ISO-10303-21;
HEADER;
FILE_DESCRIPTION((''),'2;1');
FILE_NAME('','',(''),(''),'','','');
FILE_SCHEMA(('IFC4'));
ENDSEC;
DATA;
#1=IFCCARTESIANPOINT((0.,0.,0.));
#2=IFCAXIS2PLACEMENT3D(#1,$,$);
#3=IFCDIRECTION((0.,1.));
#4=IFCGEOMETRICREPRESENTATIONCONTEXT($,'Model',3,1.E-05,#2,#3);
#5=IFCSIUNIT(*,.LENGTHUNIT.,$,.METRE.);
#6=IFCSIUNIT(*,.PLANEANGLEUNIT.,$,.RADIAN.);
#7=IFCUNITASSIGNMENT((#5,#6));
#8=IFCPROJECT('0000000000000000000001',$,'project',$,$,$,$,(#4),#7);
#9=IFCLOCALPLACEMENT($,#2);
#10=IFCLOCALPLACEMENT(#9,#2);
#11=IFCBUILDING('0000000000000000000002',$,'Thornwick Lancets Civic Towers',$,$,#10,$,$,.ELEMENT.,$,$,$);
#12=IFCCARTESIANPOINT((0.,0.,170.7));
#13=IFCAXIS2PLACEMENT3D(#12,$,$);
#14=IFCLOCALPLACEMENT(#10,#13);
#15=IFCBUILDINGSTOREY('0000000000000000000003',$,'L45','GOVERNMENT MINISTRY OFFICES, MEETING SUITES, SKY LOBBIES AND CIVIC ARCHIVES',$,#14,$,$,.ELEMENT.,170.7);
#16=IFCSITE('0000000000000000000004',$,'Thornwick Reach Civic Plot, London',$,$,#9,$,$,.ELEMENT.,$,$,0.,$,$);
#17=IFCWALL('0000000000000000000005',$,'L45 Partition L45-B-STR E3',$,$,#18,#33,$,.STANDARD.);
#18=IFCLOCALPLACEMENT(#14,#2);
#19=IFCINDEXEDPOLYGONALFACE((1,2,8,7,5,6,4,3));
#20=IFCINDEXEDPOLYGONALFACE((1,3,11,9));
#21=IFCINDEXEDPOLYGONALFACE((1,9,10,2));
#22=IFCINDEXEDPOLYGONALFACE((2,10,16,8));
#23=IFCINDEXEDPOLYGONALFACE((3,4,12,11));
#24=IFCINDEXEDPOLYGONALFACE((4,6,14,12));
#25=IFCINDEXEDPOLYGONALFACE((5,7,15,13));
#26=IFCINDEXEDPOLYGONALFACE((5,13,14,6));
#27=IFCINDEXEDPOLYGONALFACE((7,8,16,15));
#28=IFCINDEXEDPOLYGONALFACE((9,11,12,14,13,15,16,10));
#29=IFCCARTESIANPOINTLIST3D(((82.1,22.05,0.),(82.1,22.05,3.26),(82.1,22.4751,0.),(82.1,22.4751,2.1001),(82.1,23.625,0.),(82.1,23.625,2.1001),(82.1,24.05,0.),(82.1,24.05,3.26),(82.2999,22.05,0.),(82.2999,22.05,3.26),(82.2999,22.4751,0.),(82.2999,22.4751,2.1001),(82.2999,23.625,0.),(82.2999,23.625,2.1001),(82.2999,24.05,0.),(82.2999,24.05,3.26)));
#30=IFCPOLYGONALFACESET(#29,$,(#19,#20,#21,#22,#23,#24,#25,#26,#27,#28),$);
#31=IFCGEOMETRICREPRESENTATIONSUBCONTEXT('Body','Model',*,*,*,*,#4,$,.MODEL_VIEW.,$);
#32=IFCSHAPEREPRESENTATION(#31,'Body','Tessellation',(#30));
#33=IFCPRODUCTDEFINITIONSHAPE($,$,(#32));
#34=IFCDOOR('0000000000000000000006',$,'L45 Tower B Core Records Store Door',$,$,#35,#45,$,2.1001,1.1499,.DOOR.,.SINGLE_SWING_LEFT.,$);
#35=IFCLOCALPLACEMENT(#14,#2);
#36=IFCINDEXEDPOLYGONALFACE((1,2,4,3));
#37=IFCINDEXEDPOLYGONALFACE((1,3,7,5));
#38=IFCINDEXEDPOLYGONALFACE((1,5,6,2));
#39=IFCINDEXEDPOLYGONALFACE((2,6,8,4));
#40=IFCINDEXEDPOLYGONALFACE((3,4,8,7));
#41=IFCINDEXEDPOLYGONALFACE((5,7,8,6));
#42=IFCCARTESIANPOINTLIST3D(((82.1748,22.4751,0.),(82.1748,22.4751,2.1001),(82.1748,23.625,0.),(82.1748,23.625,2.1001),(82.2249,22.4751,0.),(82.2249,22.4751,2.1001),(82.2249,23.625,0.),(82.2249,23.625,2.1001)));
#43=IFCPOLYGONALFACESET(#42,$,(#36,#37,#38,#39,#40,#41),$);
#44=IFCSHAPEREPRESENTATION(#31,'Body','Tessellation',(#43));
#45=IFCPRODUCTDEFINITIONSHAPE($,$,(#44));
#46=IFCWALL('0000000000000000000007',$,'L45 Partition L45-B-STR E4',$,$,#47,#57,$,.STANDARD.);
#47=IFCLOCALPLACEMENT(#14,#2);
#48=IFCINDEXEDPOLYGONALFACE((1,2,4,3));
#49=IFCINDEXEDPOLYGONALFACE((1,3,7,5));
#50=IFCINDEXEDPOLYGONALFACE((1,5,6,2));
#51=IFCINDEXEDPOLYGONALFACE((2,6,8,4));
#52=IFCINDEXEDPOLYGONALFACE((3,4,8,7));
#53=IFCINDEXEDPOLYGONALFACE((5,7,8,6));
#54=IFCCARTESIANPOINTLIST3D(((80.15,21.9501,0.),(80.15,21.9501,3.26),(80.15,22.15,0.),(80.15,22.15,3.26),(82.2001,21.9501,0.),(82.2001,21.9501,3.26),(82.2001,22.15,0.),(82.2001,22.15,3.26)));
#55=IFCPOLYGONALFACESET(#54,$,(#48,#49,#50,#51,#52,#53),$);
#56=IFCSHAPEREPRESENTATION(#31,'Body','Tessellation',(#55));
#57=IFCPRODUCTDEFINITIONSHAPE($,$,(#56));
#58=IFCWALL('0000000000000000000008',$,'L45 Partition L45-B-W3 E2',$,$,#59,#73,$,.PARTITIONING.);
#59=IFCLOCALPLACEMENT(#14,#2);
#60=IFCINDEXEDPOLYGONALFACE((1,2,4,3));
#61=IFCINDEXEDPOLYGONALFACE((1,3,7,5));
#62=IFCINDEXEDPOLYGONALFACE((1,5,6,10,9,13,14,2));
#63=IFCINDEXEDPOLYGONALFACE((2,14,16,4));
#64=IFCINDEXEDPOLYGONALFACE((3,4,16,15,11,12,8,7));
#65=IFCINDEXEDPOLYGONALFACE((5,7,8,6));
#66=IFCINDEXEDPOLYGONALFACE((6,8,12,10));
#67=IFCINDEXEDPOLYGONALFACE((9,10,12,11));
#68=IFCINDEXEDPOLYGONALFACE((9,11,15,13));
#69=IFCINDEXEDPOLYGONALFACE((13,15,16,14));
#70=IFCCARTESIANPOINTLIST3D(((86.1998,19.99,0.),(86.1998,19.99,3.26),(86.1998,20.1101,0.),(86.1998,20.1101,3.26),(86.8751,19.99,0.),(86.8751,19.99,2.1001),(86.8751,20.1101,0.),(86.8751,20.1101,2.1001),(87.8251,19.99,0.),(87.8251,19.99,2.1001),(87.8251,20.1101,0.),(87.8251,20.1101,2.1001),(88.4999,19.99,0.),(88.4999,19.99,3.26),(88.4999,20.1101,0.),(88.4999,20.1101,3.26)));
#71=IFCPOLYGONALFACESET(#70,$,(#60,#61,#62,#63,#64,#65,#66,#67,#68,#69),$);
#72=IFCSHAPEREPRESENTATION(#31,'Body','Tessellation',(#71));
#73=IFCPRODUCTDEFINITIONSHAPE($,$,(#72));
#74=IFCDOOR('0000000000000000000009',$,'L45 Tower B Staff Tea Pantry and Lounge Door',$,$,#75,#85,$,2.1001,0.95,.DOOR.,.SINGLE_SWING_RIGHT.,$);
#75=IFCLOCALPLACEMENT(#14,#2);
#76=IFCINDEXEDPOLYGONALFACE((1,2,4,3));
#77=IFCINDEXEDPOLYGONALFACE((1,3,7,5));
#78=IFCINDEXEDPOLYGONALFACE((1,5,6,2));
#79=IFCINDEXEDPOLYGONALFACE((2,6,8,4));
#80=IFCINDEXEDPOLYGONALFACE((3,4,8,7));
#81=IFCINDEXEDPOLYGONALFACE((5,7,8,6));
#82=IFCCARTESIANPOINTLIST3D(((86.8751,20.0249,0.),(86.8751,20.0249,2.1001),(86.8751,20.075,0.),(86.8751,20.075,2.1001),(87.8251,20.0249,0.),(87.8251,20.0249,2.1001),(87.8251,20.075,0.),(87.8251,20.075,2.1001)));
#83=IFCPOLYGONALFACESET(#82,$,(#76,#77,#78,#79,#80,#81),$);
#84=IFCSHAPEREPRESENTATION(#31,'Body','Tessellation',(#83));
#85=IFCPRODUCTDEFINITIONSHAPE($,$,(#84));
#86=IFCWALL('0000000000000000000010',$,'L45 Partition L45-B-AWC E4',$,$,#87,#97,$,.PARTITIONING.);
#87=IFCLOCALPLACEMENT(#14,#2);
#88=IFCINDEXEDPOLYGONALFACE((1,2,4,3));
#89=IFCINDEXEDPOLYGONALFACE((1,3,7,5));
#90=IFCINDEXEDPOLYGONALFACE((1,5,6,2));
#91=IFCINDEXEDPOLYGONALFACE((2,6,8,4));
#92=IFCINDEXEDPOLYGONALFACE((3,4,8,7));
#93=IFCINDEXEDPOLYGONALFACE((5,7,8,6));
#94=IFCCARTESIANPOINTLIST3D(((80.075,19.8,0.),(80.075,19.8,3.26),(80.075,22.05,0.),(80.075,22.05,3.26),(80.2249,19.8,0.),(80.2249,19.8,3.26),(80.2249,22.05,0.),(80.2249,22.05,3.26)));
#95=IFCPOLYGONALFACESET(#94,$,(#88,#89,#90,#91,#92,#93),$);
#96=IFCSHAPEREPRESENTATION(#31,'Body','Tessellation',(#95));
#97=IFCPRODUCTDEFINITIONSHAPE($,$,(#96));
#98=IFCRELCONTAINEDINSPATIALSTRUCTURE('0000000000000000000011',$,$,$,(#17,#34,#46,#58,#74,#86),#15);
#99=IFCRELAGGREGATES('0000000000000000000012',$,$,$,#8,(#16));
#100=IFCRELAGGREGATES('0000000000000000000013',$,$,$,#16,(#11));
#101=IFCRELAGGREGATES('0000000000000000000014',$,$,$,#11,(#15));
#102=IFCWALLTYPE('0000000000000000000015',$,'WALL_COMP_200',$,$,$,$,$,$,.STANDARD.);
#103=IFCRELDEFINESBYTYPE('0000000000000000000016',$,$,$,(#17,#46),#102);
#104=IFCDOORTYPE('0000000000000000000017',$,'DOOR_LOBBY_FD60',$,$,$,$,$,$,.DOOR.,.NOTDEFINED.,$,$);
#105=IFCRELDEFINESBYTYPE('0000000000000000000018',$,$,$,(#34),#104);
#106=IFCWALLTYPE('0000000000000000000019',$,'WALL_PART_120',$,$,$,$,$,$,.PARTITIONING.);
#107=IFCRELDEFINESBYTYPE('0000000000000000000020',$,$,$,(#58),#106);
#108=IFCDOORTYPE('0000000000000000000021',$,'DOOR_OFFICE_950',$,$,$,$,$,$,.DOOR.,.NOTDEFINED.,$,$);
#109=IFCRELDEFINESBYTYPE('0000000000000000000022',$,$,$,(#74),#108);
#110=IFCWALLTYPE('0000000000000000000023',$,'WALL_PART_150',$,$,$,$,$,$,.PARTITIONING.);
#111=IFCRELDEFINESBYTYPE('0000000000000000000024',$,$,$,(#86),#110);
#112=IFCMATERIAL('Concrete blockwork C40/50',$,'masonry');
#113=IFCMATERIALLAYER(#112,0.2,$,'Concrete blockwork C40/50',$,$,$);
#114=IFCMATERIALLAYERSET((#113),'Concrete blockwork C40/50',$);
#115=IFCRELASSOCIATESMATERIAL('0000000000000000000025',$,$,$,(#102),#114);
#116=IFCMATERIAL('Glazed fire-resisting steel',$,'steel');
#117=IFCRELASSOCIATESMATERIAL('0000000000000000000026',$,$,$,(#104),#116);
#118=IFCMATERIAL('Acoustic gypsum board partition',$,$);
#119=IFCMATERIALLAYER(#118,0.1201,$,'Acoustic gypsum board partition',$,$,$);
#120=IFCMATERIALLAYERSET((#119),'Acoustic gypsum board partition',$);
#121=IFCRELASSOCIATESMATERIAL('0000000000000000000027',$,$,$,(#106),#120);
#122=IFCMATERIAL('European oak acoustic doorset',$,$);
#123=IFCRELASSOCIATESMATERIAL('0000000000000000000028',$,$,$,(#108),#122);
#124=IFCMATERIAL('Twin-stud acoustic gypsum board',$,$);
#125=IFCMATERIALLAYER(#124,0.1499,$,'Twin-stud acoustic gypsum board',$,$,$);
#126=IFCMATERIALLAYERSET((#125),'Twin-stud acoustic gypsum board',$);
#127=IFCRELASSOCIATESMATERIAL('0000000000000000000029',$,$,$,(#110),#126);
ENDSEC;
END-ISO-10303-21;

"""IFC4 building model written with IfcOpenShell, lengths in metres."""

from ifc_helpers import new_model, si_unit, direction, frame, frame_2d, origin, place, context, subcontext, project, spatial, rectangle, extrude, material, layer, layer_set, type_object, element, fill, save


model = new_model("IFC4")

# Units and contexts
model_context = context("Model", 3, precision=1e-05, world=origin(), true_north=direction((0.0, 1.0)))
body_context = subcontext(model_context, "Body", "Model", "MODEL_VIEW")
ifc_project = project(units=[si_unit("LENGTHUNIT", "METRE"), si_unit("PLANEANGLEUNIT", "RADIAN")], contexts=[model_context])

# Site, building, storey
site_placement = place(None, origin())
site = spatial("IfcSite", under=ifc_project, at=site_placement, Name="Thornwick Reach Civic Plot, London", CompositionType="ELEMENT", RefElevation=0.0)
building_placement = place(site_placement, origin())
building = spatial("IfcBuilding", under=site, at=building_placement, Name="Thornwick Lancets Civic Towers", CompositionType="ELEMENT")
storey_placement = place(building_placement, frame((0.0, 0.0, 170.7)))
storey = spatial("IfcBuildingStorey", under=building, at=storey_placement, Name="L45", Description="GOVERNMENT MINISTRY OFFICES, MEETING SUITES, SKY LOBBIES AND CIVIC ARCHIVES", CompositionType="ELEMENT", Elevation=170.7)

# Shared definitions
ifc_material_1 = material(Name="Concrete blockwork C40/50", Category="masonry")
ifc_layer_1 = layer(ifc_material_1, 0.2, Name="Concrete blockwork C40/50")
ifc_layer_set_1 = layer_set([ifc_layer_1], Name="Concrete blockwork C40/50")
wall_type_1 = type_object("IfcWallType", Name="WALL_COMP_200", PredefinedType="STANDARD", material=ifc_layer_set_1)

# Wall, opening, door
wall_1_placement = place(storey_placement, frame((82.2, 24.05, 0.0), z_axis=(0.0, 0.0, 1.0), x_axis=(0.0, -1.0, 0.0)))
wall_1 = element("IfcWall", 1, at=wall_1_placement, inside=storey, type_object=wall_type_1, Name="L45 Partition L45-B-STR E3", PredefinedType="STANDARD", context=body_context, shape_type="SweptSolid", body=[
    extrude(rectangle(XDim=2.0, YDim=0.2, at=frame_2d((1.0, 0.0))), origin(), (0.0, 0.0, 1.0), 3.26),
])
opening_1_placement = place(wall_1_placement, frame((0.425, 0.0, 0.0)))
opening_1 = element("IfcOpeningElement", 2, at=opening_1_placement, cuts=wall_1, PredefinedType="OPENING", context=body_context, shape_type="SweptSolid", body=[
    extrude(rectangle(XDim=1.1499, YDim=2.1001, at=frame_2d((0.575, 1.05))), frame((0.0, 0.1099, 0.0), z_axis=(0.0, -1.0, 0.0), x_axis=(1.0, 0.0, 0.0)), (0.0, 0.0, 1.0), 0.22),
])
ifc_material_2 = material(Name="Glazed fire-resisting steel", Category="steel")
door_type_1 = type_object("IfcDoorType", Name="DOOR_LOBBY_FD60", OperationType="NOTDEFINED", PredefinedType="DOOR", material=ifc_material_2)
door_1_placement = place(opening_1_placement, origin())
door_1 = element("IfcDoor", 3, at=door_1_placement, inside=storey, type_object=door_type_1, Name="L45 Tower B Core Records Store Door", OperationType="SINGLE_SWING_LEFT", OverallHeight=2.1001, OverallWidth=1.1499, PredefinedType="DOOR", context=body_context, shape_type="SweptSolid", body=[
    extrude(rectangle(XDim=1.1499, YDim=2.1001, at=frame_2d((0.575, 1.05))), frame((0.0, 0.0249, 0.0), z_axis=(0.0, -1.0, 0.0), x_axis=(1.0, 0.0, 0.0)), (0.0, 0.0, 1.0), 0.05),
])
fill(opening_1, door_1)

# Wall
wall_2_placement = place(storey_placement, frame((82.2, 22.05, 0.0), z_axis=(0.0, 0.0, 1.0), x_axis=(-1.0, 0.0, 0.0)))
element("IfcWall", 4, at=wall_2_placement, inside=storey, type_object=wall_type_1, Name="L45 Partition L45-B-STR E4", PredefinedType="STANDARD", context=body_context, shape_type="SweptSolid", body=[
    extrude(rectangle(XDim=2.05, YDim=0.2, at=frame_2d((1.0249, 0.0))), origin(), (0.0, 0.0, 1.0), 3.26),
])

# Wall, opening, door
ifc_material_3 = material(Name="Acoustic gypsum board partition")
ifc_layer_2 = layer(ifc_material_3, 0.1201, Name="Acoustic gypsum board partition")
ifc_layer_set_2 = layer_set([ifc_layer_2], Name="Acoustic gypsum board partition")
wall_type_2 = type_object("IfcWallType", Name="WALL_PART_120", PredefinedType="PARTITIONING", material=ifc_layer_set_2)
wall_3_placement = place(storey_placement, frame((86.2, 20.05, 0.0), z_axis=(0.0, 0.0, 1.0), x_axis=(1.0, 0.0, 0.0)))
wall_3 = element("IfcWall", 5, at=wall_3_placement, inside=storey, type_object=wall_type_2, Name="L45 Partition L45-B-W3 E2", PredefinedType="PARTITIONING", context=body_context, shape_type="SweptSolid", body=[
    extrude(rectangle(XDim=2.3, YDim=0.1201, at=frame_2d((1.1499, 0.0))), origin(), (0.0, 0.0, 1.0), 3.26),
])
opening_2_placement = place(wall_3_placement, frame((0.675, 0.0, 0.0)))
opening_2 = element("IfcOpeningElement", 6, at=opening_2_placement, cuts=wall_3, PredefinedType="OPENING", context=body_context, shape_type="SweptSolid", body=[
    extrude(rectangle(XDim=0.95, YDim=2.1001, at=frame_2d((0.4751, 1.05))), frame((0.0, 0.0701, 0.0), z_axis=(0.0, -1.0, 0.0), x_axis=(1.0, 0.0, 0.0)), (0.0, 0.0, 1.0), 0.1401),
])
ifc_material_4 = material(Name="European oak acoustic doorset")
door_type_2 = type_object("IfcDoorType", Name="DOOR_OFFICE_950", OperationType="NOTDEFINED", PredefinedType="DOOR", material=ifc_material_4)
door_2_placement = place(opening_2_placement, origin())
door_2 = element("IfcDoor", 7, at=door_2_placement, inside=storey, type_object=door_type_2, Name="L45 Tower B Staff Tea Pantry and Lounge Door", OperationType="SINGLE_SWING_RIGHT", OverallHeight=2.1001, OverallWidth=0.95, PredefinedType="DOOR", context=body_context, shape_type="SweptSolid", body=[
    extrude(rectangle(XDim=0.95, YDim=2.1001, at=frame_2d((0.4751, 1.05))), frame((0.0, 0.0249, 0.0), z_axis=(0.0, -1.0, 0.0), x_axis=(1.0, 0.0, 0.0)), (0.0, 0.0, 1.0), 0.05),
])
fill(opening_2, door_2)

# Wall
ifc_material_5 = material(Name="Twin-stud acoustic gypsum board")
ifc_layer_3 = layer(ifc_material_5, 0.1499, Name="Twin-stud acoustic gypsum board")
ifc_layer_set_3 = layer_set([ifc_layer_3], Name="Twin-stud acoustic gypsum board")
wall_type_3 = type_object("IfcWallType", Name="WALL_PART_150", PredefinedType="PARTITIONING", material=ifc_layer_set_3)
wall_4_placement = place(storey_placement, frame((80.1499, 22.05, 0.0), z_axis=(0.0, 0.0, 1.0), x_axis=(0.0, -1.0, 0.0)))
element("IfcWall", 8, at=wall_4_placement, inside=storey, type_object=wall_type_3, Name="L45 Partition L45-B-AWC E4", PredefinedType="PARTITIONING", context=body_context, shape_type="SweptSolid", body=[
    extrude(rectangle(XDim=2.25, YDim=0.1499, at=frame_2d((1.125, 0.0))), origin(), (0.0, 0.0, 1.0), 3.26),
])

save(model, "model.ifc")
